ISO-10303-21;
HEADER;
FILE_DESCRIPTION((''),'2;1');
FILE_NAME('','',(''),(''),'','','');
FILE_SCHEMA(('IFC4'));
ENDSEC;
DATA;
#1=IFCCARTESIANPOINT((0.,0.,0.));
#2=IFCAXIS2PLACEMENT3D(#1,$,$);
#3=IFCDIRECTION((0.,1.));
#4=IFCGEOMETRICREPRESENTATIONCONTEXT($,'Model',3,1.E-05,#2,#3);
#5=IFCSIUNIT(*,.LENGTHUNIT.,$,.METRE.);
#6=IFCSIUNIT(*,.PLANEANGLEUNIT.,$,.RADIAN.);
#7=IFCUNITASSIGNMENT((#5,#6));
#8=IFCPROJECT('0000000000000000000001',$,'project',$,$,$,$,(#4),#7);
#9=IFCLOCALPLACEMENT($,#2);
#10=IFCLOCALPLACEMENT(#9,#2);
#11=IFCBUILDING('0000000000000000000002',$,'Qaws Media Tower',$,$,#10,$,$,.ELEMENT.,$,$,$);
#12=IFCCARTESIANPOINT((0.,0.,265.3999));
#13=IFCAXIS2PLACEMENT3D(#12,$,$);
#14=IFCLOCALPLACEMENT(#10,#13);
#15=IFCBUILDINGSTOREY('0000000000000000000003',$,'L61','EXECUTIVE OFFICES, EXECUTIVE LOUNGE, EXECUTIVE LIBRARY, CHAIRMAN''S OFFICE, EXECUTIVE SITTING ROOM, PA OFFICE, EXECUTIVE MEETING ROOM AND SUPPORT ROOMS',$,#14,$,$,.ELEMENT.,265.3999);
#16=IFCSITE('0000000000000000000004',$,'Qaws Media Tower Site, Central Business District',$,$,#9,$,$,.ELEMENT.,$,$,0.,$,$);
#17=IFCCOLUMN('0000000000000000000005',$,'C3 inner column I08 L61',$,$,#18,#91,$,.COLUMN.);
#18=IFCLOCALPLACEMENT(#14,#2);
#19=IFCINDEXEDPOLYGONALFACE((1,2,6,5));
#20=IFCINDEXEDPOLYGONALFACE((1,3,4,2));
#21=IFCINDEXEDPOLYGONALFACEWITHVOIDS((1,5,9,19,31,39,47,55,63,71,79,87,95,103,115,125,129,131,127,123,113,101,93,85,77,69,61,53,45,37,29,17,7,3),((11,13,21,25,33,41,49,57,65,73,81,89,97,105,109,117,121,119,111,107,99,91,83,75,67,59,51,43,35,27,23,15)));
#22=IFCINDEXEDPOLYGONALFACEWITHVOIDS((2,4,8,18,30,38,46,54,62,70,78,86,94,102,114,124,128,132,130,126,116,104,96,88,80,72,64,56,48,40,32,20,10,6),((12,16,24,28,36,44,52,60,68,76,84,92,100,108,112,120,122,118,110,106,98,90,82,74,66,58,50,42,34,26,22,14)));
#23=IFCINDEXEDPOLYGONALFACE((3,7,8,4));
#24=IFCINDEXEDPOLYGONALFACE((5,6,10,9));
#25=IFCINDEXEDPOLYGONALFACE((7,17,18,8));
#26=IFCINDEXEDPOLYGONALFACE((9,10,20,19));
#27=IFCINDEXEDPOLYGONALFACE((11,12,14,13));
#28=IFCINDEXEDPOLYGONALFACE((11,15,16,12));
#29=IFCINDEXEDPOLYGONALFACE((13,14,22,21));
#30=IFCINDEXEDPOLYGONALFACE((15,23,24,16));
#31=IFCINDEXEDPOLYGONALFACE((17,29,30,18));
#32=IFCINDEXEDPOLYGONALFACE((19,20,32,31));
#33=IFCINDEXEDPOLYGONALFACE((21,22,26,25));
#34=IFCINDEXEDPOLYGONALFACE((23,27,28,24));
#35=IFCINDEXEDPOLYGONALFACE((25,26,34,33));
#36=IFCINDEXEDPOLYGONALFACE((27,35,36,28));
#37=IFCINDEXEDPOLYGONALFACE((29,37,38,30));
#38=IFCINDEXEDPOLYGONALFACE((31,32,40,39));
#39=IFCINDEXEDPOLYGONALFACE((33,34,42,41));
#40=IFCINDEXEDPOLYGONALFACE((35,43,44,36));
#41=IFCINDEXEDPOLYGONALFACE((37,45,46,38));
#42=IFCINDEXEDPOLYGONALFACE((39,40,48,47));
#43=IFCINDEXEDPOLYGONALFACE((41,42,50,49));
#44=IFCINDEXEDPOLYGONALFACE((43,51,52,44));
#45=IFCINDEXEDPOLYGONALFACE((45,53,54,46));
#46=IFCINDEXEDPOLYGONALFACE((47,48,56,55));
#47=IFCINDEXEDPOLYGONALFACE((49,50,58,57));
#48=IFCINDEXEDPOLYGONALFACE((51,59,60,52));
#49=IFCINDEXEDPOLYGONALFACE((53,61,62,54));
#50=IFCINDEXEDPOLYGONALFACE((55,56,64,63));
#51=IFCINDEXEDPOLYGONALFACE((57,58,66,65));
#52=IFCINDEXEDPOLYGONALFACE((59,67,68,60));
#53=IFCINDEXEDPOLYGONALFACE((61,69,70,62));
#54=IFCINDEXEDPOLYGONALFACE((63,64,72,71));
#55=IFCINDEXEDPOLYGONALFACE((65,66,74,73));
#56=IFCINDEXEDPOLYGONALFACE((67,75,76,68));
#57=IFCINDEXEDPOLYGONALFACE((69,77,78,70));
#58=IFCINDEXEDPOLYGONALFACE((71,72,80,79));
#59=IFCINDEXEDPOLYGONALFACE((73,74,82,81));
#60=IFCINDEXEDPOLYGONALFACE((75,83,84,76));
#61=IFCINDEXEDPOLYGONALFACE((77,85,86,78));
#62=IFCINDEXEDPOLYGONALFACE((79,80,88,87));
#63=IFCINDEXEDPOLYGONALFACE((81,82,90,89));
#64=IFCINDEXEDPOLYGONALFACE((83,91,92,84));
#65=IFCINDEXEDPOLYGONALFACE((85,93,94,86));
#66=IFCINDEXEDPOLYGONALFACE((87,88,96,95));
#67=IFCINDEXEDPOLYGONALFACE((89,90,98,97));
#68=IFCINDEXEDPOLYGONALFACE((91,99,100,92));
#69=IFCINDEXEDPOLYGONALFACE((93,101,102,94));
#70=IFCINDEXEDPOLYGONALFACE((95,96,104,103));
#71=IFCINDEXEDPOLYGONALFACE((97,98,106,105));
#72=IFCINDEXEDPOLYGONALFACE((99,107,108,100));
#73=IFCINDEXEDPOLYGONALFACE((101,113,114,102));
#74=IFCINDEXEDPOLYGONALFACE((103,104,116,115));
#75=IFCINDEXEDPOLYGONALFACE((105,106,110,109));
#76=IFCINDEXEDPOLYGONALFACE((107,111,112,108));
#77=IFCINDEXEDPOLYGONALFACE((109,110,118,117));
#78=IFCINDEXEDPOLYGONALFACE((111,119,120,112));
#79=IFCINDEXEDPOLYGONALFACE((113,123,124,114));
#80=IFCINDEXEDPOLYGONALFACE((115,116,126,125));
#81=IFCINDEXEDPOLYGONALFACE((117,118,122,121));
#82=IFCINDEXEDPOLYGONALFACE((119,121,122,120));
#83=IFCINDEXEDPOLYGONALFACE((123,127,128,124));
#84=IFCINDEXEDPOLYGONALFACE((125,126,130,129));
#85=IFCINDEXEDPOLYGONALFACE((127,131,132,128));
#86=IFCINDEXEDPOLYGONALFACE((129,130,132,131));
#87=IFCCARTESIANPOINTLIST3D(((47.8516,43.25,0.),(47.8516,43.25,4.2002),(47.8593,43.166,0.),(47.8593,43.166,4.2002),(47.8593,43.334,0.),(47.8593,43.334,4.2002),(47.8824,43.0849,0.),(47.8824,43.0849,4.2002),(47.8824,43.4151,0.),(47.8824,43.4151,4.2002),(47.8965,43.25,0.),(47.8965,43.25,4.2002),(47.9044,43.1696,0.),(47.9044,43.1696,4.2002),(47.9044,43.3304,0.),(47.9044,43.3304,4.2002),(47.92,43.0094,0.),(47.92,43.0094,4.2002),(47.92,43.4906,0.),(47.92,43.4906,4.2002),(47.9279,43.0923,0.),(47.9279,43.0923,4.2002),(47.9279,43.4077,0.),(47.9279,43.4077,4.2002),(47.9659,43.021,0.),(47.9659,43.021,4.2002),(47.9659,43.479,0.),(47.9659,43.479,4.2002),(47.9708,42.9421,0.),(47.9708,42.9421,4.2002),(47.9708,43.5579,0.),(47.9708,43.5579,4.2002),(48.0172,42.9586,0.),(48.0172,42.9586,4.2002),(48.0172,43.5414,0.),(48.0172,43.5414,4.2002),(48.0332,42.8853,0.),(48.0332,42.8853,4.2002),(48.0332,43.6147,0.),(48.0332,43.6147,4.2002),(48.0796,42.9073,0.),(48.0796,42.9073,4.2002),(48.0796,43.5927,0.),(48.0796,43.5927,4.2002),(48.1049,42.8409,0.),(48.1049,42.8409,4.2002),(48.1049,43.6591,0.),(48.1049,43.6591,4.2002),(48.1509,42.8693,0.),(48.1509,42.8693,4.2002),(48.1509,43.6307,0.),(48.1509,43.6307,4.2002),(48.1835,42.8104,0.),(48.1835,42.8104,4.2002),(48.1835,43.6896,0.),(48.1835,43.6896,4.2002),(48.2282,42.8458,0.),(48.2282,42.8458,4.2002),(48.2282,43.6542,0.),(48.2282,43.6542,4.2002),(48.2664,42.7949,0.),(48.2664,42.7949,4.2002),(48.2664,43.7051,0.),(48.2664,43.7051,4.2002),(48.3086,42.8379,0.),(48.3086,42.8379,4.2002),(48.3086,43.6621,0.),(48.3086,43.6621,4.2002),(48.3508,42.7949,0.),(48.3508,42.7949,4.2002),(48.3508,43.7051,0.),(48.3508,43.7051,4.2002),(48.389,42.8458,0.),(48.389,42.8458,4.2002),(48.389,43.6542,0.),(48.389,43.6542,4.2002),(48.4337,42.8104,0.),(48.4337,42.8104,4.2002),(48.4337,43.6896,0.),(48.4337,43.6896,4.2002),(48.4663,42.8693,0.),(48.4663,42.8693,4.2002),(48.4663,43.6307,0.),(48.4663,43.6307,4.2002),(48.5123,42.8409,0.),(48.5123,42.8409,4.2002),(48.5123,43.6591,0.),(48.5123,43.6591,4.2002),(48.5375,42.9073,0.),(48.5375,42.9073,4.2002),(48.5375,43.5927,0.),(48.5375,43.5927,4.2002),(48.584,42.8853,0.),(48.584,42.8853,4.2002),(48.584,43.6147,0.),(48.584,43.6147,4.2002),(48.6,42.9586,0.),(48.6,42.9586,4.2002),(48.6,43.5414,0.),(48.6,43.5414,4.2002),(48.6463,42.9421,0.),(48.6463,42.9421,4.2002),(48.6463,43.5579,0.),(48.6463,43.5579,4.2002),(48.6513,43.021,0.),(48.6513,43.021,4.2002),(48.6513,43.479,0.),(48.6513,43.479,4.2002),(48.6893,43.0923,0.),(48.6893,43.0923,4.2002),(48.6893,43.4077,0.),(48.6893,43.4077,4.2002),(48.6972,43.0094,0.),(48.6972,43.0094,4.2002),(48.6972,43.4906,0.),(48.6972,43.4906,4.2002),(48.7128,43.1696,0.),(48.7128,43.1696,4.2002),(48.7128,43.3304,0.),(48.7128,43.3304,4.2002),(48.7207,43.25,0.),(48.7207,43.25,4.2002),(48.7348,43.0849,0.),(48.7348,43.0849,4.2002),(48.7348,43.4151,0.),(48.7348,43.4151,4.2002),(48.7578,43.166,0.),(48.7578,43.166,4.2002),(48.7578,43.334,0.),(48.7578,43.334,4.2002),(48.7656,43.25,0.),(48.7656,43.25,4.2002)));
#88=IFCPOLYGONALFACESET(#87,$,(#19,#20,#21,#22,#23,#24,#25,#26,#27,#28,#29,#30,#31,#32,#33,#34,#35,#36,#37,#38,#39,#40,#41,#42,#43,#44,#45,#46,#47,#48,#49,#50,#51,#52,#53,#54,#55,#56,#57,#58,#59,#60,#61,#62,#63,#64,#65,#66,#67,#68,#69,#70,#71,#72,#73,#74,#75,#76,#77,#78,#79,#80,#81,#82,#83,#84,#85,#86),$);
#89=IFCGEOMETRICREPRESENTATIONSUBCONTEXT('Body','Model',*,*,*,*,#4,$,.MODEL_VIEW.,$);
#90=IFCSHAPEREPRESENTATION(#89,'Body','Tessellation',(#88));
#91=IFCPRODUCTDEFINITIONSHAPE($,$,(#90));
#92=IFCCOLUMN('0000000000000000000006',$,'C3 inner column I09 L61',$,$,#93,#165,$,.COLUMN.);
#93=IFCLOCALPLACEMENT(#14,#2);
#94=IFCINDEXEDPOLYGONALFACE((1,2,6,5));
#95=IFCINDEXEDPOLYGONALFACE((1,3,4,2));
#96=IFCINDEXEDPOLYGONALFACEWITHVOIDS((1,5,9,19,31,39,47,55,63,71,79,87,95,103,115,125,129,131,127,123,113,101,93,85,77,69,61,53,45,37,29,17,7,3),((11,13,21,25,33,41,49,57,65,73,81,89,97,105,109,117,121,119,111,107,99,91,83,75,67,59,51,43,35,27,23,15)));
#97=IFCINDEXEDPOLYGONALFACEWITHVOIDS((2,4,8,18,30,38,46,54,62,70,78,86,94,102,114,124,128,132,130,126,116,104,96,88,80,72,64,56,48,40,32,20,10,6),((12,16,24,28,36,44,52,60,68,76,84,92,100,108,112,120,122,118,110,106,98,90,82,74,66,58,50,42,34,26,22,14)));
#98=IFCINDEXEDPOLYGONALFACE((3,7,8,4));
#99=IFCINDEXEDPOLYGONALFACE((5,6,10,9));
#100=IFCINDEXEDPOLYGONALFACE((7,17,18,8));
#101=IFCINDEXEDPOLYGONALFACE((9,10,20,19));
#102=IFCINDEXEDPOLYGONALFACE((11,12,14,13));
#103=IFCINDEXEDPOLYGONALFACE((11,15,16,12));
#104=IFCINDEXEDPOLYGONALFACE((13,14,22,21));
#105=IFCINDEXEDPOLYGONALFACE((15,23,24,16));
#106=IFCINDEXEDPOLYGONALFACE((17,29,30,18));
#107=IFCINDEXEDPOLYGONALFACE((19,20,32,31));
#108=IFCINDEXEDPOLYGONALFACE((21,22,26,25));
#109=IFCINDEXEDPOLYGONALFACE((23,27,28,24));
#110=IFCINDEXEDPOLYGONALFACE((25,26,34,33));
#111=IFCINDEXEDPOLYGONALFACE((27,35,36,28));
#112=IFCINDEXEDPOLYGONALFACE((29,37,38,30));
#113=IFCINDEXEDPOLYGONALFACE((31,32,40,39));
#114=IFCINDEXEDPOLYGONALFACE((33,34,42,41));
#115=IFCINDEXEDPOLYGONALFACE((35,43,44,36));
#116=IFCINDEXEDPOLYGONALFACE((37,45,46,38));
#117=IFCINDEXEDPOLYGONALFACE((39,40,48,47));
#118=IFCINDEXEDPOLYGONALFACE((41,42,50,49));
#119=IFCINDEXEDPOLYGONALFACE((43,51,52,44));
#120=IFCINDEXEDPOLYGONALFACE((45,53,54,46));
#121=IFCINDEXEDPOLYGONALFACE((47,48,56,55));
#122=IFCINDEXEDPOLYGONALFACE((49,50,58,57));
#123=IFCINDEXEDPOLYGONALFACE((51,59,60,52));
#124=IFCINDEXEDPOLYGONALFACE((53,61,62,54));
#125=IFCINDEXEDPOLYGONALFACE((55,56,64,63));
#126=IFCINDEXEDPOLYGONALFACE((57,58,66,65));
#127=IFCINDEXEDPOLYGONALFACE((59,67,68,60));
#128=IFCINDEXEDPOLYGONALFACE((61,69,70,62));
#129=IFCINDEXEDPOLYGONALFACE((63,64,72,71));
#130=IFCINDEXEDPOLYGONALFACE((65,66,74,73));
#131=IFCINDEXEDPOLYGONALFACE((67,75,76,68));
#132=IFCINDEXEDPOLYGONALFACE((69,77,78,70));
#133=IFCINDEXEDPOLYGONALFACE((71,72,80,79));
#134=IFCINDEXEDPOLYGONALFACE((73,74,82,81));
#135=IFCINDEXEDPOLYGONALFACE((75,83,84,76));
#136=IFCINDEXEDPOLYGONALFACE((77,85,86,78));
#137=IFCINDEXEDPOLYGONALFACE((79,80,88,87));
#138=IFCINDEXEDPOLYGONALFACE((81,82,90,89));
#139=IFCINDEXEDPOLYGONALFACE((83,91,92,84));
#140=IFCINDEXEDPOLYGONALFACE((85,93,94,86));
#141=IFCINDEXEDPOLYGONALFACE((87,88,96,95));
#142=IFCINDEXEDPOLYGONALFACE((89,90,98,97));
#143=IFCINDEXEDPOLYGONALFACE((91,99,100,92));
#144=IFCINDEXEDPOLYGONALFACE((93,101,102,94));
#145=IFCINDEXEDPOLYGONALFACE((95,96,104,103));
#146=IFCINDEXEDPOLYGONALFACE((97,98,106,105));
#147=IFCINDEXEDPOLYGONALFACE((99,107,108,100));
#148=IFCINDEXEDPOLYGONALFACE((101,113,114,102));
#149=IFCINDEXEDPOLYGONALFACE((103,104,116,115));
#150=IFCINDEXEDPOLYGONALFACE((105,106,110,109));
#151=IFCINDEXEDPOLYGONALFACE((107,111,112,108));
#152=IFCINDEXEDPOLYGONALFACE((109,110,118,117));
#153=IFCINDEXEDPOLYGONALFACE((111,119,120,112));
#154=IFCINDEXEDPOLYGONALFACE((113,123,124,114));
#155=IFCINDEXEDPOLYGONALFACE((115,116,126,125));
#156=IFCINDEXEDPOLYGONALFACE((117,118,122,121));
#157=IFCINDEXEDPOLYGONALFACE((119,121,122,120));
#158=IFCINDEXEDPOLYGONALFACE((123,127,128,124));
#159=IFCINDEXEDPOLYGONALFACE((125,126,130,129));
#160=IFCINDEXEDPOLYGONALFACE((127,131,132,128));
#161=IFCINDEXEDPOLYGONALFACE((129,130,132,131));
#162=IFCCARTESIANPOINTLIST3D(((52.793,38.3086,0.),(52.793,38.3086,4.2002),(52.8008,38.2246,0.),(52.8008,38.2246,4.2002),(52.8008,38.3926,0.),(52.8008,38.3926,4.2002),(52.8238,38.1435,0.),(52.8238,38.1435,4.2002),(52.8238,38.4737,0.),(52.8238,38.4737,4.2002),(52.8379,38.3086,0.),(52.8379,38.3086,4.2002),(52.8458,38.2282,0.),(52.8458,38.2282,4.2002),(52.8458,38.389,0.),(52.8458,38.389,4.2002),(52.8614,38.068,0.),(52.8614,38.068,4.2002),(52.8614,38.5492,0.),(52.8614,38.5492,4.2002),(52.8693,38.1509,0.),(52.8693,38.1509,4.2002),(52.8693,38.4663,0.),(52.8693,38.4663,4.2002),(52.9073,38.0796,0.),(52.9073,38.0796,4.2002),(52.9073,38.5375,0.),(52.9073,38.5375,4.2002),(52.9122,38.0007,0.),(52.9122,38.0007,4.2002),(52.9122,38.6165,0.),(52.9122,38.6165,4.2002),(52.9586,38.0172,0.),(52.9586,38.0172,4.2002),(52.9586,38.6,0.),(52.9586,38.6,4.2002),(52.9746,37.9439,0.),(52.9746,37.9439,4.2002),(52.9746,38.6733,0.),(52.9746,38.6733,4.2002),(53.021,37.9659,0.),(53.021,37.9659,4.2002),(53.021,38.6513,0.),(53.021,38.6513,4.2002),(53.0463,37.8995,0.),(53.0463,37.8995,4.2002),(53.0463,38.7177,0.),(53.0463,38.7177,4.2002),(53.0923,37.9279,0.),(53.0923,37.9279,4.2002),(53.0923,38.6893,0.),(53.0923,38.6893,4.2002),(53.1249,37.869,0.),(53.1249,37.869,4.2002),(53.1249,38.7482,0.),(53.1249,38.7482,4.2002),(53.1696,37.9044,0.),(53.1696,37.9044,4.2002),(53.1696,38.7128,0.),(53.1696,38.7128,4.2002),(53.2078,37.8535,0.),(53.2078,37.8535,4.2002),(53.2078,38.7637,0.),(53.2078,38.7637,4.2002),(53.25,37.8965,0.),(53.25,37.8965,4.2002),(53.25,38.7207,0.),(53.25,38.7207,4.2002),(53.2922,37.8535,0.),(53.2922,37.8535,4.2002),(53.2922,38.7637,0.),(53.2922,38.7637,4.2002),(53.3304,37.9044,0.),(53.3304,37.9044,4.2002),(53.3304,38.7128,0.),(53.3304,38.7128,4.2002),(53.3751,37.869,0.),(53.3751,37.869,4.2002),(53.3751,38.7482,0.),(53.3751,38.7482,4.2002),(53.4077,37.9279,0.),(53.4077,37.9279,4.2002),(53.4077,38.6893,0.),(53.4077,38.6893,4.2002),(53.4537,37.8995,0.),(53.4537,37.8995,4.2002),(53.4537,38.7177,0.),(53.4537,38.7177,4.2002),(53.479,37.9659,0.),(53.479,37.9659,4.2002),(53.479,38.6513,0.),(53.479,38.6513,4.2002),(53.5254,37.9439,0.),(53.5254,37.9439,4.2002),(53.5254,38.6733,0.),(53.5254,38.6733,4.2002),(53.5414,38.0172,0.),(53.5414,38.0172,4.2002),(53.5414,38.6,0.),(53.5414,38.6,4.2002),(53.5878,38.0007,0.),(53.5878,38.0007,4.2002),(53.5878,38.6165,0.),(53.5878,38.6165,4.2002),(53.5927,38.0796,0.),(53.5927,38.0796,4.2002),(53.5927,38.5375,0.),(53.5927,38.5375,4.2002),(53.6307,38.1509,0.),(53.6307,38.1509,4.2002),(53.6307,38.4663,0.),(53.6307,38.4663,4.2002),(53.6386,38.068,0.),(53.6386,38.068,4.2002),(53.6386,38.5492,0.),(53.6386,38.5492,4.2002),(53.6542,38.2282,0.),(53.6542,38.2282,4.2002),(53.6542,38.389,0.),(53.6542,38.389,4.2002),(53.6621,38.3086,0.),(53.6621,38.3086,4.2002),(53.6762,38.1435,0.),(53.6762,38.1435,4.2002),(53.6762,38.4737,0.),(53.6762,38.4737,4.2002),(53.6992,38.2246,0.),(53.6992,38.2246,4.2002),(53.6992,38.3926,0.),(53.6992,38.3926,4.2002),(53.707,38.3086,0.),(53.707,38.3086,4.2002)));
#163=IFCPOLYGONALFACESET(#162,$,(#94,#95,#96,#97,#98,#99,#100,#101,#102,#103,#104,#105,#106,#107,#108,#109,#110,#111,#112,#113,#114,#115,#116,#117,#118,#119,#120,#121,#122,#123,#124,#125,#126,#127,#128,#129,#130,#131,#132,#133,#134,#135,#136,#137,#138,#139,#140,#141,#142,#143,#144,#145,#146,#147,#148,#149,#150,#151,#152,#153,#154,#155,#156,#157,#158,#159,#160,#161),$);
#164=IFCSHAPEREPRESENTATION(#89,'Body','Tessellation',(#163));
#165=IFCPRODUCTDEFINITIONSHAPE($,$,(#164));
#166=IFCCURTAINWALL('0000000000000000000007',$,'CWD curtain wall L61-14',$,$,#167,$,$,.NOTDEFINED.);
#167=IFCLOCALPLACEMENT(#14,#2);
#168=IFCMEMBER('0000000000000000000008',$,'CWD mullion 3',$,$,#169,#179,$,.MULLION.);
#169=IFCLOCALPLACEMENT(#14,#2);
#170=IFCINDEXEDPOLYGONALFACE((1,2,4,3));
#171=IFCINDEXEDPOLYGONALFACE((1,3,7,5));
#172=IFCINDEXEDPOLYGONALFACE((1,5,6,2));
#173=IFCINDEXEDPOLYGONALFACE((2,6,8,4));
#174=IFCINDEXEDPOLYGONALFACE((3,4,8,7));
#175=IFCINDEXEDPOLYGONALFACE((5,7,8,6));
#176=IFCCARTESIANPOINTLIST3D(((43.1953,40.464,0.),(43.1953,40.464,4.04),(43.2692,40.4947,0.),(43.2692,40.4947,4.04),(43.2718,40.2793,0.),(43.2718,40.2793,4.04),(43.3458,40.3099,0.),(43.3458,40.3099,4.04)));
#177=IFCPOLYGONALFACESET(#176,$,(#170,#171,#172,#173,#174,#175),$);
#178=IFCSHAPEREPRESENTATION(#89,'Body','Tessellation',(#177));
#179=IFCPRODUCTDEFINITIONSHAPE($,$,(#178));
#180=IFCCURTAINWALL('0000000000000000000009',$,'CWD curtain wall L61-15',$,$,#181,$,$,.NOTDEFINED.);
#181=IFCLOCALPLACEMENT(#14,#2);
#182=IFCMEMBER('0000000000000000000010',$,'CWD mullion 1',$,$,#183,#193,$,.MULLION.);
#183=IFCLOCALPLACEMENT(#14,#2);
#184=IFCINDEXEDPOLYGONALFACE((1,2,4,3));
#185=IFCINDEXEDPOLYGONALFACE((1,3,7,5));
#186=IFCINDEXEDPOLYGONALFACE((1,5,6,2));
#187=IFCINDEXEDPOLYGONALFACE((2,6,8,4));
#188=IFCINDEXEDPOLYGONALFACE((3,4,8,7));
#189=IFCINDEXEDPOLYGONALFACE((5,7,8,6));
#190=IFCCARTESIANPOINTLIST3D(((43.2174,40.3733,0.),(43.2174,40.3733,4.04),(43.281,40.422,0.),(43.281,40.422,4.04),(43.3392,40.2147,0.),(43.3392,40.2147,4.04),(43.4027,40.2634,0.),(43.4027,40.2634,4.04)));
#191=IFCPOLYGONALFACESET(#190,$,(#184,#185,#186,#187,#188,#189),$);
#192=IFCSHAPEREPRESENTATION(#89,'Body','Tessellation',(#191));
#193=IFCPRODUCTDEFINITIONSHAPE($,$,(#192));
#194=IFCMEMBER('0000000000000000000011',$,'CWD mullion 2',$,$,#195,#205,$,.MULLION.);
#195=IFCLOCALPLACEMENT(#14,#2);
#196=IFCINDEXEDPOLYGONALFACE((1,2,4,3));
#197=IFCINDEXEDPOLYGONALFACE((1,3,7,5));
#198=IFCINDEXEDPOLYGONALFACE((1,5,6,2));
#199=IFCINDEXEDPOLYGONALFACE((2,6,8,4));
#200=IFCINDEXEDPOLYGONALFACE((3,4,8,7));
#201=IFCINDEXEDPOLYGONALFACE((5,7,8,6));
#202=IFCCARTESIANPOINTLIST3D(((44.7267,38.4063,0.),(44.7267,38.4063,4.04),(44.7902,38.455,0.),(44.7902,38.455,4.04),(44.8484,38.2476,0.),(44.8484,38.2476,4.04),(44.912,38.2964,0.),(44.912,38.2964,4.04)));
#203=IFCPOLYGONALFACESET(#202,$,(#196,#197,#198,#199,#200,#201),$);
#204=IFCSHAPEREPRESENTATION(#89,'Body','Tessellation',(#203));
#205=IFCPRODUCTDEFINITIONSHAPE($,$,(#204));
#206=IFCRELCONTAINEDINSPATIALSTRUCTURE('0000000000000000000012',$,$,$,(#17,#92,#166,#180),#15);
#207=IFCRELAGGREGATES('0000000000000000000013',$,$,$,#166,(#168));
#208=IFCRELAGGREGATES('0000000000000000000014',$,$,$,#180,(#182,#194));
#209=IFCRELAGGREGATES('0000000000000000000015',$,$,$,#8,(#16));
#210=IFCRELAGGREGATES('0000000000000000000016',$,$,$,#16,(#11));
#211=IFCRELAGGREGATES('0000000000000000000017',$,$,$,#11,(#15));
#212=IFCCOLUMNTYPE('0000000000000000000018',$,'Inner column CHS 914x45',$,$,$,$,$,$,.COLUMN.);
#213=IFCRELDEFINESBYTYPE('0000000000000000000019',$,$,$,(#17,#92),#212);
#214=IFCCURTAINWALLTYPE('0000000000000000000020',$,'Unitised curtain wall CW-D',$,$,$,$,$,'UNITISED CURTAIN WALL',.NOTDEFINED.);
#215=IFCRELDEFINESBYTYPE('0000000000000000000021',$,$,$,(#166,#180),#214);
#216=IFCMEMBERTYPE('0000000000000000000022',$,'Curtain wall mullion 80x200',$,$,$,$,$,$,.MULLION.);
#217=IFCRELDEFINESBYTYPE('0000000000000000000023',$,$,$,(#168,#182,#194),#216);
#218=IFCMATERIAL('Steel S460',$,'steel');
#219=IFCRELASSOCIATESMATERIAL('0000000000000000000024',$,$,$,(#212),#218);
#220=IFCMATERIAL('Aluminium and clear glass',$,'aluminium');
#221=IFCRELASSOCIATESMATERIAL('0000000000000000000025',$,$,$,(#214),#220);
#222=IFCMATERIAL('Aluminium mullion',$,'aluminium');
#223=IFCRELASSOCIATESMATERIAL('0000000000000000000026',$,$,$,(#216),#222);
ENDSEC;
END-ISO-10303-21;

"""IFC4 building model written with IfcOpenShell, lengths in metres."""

from ifc_helpers import new_model, si_unit, direction, frame, origin, origin_2d, place, context, subcontext, project, spatial, rectangle, hollow_circle, extrude, material, material_profile, profile_set, type_object, element, aggregate, save


model = new_model("IFC4")

# Units and contexts
model_context = context("Model", 3, precision=1e-05, world=origin(), true_north=direction((0.0, 1.0)))
body_context = subcontext(model_context, "Body", "Model", "MODEL_VIEW")
ifc_project = project(units=[si_unit("LENGTHUNIT", "METRE"), si_unit("PLANEANGLEUNIT", "RADIAN")], contexts=[model_context])

# Site, building, storey
site_placement = place(None, origin())
site = spatial("IfcSite", under=ifc_project, at=site_placement, Name="Qaws Media Tower Site, Central Business District", CompositionType="ELEMENT", RefElevation=0.0)
building_placement = place(site_placement, origin())
building = spatial("IfcBuilding", under=site, at=building_placement, Name="Qaws Media Tower", CompositionType="ELEMENT")
storey_placement = place(building_placement, frame((0.0, 0.0, 265.3999)))
storey = spatial("IfcBuildingStorey", under=building, at=storey_placement, Name="L61", Description="EXECUTIVE OFFICES, EXECUTIVE LOUNGE, EXECUTIVE LIBRARY, CHAIRMAN'S OFFICE, EXECUTIVE SITTING ROOM, PA OFFICE, EXECUTIVE MEETING ROOM AND SUPPORT ROOMS", CompositionType="ELEMENT", Elevation=265.3999)

# Columns
ifc_material_1 = material(Name="Steel S460", Category="steel")
ifc_material_profile_1 = material_profile(ifc_material_1, hollow_circle(Radius=0.457, WallThickness=0.0449, at=origin_2d()), Name="CHS 914x45")
ifc_profile_set_1 = profile_set([ifc_material_profile_1], Name="Steel S460")
column_type = type_object("IfcColumnType", Name="Inner column CHS 914x45", PredefinedType="COLUMN", material=ifc_profile_set_1)
for number, where, z_axis, x_axis, name in (
    (1, (48.3086, 43.25, 0.0), (0.0, 0.0, 1.0), (1.0, 0.0, 0.0), "C3 inner column I08 L61"),
    (2, (53.25, 38.3086, 0.0), (0.0, 0.0, 1.0), (1.0, 0.0, 0.0), "C3 inner column I09 L61"),
):
    element("IfcColumn", number, at=place(storey_placement, frame(where, z_axis=z_axis, x_axis=x_axis)), inside=storey, type_object=column_type, Name=name, PredefinedType="COLUMN", context=body_context, shape_type="SweptSolid", body=[
        extrude(hollow_circle(Radius=0.457, WallThickness=0.0449, at=origin_2d()), origin(), (0.0, 0.0, 1.0), 4.2002),
    ])

# Curtain wall, member
ifc_material_2 = material(Name="Aluminium and clear glass", Category="aluminium")
curtain_wall_type = type_object("IfcCurtainWallType", Name="Unitised curtain wall CW-D", ElementType="UNITISED CURTAIN WALL", PredefinedType="NOTDEFINED", material=ifc_material_2)
curtain_wall_1_placement = place(storey_placement, origin())
curtain_wall_1 = element("IfcCurtainWall", 3, at=curtain_wall_1_placement, inside=storey, type_object=curtain_wall_type, Name="CWD curtain wall L61-14", PredefinedType="NOTDEFINED")
ifc_material_3 = material(Name="Aluminium mullion", Category="aluminium")
ifc_material_profile_2 = material_profile(ifc_material_3, rectangle(XDim=0.0801, YDim=0.2, at=origin_2d()), Name="80x200")
ifc_profile_set_2 = profile_set([ifc_material_profile_2], Name="Aluminium mullion")
member_type_1 = type_object("IfcMemberType", Name="Curtain wall mullion 80x200", PredefinedType="MULLION", material=ifc_profile_set_2)
member_1_placement = place(storey_placement, frame((43.2705, 40.387, 0.0), z_axis=(0.0, 0.0, 1.0), x_axis=(0.92388, 0.382683, 0.0)))
member_1 = element("IfcMember", 4, at=member_1_placement, type_object=member_type_1, Name="CWD mullion 3", PredefinedType="MULLION", context=body_context, shape_type="SweptSolid", body=[
    extrude(rectangle(XDim=0.0801, YDim=0.2, at=origin_2d()), origin(), (0.0, 0.0, 1.0), 4.04),
])

# Curtain wall, members
curtain_wall_2_placement = place(storey_placement, origin())
curtain_wall_2 = element("IfcCurtainWall", 5, at=curtain_wall_2_placement, inside=storey, type_object=curtain_wall_type, Name="CWD curtain wall L61-15", PredefinedType="NOTDEFINED")
member_2_placement = place(storey_placement, frame((43.3101, 40.3184, 0.0), z_axis=(0.0, 0.0, 1.0), x_axis=(0.793353, 0.608761, 0.0)))
member_2 = element("IfcMember", 6, at=member_2_placement, type_object=member_type_1, Name="CWD mullion 1", PredefinedType="MULLION", context=body_context, shape_type="SweptSolid", body=[
    extrude(rectangle(XDim=0.0801, YDim=0.2, at=origin_2d()), origin(), (0.0, 0.0, 1.0), 4.04),
])
member_3_placement = place(storey_placement, frame((44.8193, 38.3513, 0.0), z_axis=(0.0, 0.0, 1.0), x_axis=(0.793353, 0.608761, 0.0)))
member_3 = element("IfcMember", 7, at=member_3_placement, type_object=member_type_1, Name="CWD mullion 2", PredefinedType="MULLION", context=body_context, shape_type="SweptSolid", body=[
    extrude(rectangle(XDim=0.0801, YDim=0.2, at=origin_2d()), origin(), (0.0, 0.0, 1.0), 4.04),
])

aggregate(curtain_wall_1, [member_1])
aggregate(curtain_wall_2, [member_2, member_3])

save(model, "model.ifc")
